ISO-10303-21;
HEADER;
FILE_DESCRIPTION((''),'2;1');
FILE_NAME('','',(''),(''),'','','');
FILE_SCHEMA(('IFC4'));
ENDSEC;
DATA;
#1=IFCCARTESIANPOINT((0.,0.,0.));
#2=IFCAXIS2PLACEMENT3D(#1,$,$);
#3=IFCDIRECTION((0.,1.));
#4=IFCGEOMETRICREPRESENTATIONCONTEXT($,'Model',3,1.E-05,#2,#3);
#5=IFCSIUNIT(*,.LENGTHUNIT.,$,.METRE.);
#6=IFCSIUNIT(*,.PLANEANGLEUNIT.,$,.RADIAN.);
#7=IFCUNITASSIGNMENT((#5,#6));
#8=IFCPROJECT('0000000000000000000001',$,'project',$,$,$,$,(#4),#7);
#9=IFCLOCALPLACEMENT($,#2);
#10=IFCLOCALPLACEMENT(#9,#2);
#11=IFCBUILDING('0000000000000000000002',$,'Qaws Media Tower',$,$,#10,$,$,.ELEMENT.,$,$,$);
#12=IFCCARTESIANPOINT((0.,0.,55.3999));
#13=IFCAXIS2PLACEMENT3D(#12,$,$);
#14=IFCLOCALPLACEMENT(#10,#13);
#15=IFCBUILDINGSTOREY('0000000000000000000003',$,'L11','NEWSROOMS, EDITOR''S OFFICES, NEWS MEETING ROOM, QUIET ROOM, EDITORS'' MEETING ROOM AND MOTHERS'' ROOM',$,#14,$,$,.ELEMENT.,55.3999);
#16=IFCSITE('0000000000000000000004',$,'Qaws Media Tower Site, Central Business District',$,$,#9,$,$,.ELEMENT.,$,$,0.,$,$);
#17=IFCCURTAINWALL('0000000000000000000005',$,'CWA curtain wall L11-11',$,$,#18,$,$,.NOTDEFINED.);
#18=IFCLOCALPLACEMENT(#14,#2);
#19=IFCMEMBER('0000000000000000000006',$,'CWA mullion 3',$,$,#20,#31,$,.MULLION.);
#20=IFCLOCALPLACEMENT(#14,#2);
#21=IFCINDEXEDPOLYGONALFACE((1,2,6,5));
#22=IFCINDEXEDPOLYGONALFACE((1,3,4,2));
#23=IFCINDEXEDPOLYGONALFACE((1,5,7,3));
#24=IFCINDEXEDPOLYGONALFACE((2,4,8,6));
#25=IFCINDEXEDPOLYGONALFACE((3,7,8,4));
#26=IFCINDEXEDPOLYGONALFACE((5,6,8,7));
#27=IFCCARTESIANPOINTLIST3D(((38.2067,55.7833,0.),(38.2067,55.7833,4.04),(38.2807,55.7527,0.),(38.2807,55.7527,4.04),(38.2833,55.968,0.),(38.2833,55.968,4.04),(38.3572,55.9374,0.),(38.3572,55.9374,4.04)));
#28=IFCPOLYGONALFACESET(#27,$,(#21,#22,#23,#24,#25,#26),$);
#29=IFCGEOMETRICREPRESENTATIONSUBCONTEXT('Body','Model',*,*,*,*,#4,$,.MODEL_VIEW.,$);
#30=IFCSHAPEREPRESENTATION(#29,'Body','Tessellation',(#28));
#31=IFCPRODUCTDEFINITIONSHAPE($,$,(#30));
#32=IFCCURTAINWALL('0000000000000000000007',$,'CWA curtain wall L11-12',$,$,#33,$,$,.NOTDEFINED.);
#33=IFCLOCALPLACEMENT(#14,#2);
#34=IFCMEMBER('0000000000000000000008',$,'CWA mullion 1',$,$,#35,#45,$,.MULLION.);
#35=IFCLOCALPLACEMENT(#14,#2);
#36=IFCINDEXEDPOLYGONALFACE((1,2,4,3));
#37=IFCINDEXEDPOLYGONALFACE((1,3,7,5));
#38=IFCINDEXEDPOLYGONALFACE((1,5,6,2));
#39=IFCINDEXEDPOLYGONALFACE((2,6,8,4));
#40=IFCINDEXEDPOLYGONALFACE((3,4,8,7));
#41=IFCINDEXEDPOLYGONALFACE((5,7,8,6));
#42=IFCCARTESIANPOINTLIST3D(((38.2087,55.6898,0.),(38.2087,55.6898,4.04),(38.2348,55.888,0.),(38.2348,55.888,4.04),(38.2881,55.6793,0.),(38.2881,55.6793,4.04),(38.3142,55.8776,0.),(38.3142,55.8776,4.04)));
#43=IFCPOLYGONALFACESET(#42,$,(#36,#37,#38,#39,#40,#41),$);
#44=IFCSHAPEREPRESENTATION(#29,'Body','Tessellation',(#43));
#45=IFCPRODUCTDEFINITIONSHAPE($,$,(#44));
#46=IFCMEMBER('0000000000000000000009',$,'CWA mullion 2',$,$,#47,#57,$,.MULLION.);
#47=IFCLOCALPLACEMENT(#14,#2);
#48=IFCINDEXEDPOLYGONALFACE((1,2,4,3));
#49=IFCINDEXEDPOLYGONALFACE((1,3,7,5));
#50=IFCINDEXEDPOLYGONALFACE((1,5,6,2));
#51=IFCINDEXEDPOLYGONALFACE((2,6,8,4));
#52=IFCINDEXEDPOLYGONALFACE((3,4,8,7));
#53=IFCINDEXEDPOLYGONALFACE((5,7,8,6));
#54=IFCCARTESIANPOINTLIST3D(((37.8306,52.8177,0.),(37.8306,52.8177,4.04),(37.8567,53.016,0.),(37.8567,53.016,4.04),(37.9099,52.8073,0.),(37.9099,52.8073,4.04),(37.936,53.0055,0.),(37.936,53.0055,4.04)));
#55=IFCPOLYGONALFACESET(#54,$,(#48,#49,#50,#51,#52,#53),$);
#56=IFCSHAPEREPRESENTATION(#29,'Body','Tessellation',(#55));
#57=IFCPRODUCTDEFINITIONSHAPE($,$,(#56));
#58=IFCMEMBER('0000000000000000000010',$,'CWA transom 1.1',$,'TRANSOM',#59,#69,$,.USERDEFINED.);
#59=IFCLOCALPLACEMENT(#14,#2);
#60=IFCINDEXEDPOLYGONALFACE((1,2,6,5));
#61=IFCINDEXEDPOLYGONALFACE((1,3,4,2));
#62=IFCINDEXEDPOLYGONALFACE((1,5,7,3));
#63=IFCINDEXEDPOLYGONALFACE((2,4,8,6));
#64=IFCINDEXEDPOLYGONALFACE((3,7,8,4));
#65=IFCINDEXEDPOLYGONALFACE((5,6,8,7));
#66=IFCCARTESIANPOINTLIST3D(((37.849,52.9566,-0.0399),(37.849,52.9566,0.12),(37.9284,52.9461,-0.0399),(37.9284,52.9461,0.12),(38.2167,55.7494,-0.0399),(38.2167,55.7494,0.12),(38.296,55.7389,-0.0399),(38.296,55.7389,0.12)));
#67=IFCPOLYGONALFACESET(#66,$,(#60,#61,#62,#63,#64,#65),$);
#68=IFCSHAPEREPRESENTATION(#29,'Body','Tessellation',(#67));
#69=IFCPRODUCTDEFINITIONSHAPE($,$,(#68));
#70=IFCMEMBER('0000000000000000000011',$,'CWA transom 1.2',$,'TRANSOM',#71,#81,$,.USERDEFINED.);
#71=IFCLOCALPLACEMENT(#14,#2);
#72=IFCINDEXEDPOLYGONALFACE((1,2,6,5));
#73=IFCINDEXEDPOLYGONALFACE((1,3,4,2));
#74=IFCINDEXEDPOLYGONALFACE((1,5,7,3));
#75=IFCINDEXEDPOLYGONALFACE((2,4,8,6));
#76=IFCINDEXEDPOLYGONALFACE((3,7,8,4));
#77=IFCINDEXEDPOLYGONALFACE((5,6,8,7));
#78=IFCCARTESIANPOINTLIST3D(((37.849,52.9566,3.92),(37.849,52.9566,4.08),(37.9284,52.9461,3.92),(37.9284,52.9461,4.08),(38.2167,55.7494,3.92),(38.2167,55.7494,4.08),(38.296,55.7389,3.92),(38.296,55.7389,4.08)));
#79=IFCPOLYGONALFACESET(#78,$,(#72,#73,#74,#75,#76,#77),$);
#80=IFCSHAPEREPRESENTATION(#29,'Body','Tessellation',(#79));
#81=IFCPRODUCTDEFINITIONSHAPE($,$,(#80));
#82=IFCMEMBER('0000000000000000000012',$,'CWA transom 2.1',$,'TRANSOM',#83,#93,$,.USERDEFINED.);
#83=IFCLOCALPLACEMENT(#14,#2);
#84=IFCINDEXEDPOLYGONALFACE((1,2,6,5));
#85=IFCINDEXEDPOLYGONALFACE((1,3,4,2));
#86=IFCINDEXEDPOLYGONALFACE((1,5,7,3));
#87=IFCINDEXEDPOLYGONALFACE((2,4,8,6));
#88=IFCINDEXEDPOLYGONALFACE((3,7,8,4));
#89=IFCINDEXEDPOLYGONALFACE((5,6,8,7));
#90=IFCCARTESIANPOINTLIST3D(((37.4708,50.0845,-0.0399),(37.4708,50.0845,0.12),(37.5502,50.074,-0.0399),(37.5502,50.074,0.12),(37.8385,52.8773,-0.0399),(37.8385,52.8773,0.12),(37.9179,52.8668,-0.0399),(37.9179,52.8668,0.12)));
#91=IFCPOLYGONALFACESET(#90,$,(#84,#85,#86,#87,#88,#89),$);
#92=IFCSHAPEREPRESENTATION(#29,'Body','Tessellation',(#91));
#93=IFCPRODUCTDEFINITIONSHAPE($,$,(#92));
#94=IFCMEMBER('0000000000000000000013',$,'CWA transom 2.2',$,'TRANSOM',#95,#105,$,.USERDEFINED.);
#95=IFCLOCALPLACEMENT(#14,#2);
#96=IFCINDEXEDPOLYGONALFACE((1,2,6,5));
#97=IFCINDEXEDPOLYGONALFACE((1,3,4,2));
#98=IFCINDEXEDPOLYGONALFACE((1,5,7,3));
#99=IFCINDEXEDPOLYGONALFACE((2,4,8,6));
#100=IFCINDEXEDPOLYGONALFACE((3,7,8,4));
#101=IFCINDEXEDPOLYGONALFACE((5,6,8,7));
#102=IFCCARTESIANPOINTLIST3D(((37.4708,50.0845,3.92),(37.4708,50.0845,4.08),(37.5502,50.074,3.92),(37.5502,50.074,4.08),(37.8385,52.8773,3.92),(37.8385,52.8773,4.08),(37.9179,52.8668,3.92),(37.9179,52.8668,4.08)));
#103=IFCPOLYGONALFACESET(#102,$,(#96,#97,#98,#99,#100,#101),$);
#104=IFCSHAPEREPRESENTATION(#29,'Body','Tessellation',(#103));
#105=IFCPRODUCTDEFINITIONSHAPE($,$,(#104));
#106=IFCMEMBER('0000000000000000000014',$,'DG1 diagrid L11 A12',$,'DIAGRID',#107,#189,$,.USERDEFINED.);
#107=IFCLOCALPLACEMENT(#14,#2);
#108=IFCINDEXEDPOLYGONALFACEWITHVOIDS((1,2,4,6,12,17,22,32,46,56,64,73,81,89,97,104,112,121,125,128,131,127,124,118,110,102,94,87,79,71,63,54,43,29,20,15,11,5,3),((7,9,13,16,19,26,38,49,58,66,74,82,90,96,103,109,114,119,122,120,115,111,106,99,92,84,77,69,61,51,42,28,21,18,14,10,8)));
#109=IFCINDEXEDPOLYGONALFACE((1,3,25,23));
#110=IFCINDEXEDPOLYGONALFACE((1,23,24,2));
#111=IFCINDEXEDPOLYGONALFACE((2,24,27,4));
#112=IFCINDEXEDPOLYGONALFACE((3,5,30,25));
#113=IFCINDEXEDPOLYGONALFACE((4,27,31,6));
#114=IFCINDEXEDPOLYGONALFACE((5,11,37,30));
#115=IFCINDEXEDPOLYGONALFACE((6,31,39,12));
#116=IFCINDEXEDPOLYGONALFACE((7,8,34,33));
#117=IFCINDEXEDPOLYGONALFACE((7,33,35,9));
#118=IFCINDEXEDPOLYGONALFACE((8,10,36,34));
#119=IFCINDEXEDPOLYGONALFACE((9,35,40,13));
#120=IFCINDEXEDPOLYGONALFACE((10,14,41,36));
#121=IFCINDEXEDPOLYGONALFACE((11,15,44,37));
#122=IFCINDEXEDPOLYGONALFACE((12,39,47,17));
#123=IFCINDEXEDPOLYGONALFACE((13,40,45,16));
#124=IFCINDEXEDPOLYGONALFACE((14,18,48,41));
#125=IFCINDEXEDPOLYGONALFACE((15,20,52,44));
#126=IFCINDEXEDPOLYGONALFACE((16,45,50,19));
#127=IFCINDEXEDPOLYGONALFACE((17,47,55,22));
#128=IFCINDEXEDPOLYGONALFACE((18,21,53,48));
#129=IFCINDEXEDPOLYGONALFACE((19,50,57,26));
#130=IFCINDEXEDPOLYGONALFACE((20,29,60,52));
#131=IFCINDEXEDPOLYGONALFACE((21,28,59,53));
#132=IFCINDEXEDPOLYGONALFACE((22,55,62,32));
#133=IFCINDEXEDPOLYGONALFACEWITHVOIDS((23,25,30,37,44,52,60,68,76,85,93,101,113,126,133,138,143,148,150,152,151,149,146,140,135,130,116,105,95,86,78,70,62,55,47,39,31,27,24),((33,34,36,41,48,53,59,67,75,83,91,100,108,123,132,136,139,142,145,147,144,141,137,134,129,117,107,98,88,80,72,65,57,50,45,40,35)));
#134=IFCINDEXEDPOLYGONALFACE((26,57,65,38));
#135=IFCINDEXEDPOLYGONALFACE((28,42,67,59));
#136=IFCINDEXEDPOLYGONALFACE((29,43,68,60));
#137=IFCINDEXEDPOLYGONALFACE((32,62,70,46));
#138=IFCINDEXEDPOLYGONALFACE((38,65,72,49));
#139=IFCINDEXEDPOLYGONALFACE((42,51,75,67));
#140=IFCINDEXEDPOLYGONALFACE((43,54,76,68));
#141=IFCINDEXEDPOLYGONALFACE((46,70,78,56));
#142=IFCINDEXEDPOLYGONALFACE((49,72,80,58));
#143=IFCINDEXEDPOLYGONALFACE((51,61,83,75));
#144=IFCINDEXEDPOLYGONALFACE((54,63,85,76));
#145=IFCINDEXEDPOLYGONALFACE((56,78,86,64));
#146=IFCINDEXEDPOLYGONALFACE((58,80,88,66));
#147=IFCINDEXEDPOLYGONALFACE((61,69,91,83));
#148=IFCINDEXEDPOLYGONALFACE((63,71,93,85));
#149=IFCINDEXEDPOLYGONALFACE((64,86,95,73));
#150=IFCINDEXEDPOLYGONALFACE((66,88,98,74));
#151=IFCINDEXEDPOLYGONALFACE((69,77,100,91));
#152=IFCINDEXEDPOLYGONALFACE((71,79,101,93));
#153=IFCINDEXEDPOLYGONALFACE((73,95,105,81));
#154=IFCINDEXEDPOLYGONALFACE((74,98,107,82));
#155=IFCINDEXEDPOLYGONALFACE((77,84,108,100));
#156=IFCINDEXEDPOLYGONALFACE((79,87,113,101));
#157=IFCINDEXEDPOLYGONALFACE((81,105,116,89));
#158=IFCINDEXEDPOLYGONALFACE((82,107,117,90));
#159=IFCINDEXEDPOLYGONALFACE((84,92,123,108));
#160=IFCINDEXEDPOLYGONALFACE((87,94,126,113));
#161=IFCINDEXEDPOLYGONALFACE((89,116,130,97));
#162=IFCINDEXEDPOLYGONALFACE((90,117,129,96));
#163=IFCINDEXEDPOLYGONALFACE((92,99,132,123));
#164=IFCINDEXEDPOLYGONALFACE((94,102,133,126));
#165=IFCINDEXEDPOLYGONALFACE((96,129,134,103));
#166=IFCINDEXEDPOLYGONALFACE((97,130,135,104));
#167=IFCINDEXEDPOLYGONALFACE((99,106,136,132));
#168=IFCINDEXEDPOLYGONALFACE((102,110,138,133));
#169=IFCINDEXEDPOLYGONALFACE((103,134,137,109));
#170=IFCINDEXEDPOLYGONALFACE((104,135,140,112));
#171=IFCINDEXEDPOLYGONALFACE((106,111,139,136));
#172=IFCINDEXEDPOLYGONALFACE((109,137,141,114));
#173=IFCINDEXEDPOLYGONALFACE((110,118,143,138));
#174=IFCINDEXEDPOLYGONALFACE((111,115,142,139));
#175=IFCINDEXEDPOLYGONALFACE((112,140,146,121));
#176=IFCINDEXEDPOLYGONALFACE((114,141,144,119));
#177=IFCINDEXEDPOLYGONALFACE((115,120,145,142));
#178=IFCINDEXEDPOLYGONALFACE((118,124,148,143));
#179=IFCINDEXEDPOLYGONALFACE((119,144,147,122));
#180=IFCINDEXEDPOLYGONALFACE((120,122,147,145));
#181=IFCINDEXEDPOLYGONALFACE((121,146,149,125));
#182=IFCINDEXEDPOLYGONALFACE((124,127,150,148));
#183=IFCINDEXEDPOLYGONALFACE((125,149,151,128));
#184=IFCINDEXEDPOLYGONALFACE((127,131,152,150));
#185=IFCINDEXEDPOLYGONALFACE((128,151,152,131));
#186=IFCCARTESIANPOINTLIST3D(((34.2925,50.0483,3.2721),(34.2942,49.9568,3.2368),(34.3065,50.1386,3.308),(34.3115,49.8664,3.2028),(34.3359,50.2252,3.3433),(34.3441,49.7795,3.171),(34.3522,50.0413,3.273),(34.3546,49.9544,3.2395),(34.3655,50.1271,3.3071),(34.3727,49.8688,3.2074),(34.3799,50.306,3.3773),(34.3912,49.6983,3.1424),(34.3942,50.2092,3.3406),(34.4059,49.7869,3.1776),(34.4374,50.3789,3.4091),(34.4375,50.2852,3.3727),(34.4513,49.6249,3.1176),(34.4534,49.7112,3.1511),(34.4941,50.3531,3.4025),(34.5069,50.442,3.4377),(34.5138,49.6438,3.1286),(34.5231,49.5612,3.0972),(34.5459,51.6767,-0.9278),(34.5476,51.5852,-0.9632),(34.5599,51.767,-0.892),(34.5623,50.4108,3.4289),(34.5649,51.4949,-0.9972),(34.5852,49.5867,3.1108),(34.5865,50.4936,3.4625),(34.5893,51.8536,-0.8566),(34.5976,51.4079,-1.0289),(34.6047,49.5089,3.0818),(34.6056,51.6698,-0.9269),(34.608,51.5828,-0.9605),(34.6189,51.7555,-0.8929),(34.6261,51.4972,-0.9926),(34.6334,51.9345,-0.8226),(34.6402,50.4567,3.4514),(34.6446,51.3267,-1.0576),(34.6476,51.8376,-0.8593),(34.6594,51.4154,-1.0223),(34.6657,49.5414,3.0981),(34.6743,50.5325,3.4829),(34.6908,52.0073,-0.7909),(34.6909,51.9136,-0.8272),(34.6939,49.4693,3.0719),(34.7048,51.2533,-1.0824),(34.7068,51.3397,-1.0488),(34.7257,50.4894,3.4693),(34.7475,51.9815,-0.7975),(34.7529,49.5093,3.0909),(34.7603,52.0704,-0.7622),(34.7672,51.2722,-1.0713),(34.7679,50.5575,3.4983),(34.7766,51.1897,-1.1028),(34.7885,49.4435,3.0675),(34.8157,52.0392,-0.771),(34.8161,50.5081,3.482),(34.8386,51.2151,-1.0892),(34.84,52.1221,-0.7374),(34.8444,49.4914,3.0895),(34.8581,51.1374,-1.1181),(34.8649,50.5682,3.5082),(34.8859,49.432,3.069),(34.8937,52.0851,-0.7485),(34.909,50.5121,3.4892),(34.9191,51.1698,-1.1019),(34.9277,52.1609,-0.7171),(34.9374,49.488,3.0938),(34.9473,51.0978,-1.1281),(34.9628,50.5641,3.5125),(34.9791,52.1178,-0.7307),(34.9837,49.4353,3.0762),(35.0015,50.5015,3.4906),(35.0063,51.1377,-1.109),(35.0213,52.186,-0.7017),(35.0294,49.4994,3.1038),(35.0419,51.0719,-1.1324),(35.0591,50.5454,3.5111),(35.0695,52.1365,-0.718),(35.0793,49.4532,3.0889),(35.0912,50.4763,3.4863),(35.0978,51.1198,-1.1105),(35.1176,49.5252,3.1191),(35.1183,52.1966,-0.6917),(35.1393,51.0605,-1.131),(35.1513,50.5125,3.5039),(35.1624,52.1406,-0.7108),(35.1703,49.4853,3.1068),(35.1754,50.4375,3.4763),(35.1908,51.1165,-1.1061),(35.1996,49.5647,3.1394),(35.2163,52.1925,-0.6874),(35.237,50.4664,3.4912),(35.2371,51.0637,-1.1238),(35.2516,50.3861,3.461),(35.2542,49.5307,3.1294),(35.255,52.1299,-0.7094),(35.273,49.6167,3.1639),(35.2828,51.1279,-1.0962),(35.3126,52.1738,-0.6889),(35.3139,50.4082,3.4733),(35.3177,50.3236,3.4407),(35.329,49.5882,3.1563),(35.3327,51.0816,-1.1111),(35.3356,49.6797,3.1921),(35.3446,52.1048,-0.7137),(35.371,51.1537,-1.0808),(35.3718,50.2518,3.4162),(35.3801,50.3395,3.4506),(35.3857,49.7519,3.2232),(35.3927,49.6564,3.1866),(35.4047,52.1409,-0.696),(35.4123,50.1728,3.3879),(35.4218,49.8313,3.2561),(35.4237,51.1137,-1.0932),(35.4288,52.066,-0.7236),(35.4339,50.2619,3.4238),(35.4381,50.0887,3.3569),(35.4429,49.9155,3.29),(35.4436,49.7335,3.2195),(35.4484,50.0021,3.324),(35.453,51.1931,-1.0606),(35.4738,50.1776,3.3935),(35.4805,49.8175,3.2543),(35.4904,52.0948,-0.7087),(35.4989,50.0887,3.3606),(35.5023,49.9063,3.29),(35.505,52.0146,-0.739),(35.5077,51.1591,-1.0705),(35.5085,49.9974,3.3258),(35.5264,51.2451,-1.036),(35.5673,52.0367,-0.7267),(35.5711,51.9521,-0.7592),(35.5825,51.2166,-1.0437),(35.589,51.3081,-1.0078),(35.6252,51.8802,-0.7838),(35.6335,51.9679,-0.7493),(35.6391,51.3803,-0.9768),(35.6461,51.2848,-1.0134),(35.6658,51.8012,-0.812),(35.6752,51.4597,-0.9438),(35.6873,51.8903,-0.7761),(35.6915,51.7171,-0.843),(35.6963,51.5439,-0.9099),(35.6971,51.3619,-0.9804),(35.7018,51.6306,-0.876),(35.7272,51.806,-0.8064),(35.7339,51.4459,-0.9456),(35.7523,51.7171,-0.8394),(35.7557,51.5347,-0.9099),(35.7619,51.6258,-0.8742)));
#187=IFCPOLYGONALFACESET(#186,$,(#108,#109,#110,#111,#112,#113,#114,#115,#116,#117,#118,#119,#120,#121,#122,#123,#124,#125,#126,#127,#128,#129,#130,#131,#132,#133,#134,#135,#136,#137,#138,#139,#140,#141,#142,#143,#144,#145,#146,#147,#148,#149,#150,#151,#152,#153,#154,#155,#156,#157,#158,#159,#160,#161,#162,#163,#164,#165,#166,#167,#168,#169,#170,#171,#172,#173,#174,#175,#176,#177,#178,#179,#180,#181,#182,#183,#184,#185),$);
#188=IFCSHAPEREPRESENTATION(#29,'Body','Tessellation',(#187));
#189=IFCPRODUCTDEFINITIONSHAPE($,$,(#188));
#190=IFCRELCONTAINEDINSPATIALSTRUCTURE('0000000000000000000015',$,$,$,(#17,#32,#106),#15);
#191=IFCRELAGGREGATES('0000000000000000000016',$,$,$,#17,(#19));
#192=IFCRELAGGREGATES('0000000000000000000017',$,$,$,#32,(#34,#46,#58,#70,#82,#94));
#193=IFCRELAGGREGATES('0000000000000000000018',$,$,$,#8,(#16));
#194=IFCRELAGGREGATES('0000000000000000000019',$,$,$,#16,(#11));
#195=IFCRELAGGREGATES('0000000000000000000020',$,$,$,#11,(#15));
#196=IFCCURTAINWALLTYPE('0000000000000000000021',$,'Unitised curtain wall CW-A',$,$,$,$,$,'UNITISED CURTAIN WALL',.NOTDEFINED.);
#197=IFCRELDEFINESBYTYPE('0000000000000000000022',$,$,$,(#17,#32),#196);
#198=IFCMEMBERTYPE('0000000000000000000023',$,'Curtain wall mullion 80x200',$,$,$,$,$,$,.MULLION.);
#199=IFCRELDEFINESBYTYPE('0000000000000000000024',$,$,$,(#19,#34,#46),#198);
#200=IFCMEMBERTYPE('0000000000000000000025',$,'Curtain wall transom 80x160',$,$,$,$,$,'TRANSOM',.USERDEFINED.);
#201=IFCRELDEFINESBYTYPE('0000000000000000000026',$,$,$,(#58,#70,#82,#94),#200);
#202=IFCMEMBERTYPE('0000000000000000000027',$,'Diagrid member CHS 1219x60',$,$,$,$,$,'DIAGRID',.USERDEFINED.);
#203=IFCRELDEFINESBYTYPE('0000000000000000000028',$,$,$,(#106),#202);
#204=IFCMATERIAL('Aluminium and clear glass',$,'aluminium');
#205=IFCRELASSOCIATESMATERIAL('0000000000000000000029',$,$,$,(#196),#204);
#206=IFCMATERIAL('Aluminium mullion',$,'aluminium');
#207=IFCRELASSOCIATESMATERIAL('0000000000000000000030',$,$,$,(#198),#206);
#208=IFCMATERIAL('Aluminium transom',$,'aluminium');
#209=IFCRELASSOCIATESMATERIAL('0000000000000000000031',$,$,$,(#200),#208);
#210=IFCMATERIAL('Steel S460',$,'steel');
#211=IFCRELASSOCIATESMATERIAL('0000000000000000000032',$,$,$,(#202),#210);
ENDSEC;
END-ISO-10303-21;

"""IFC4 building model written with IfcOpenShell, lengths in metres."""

from ifc_helpers import new_model, si_unit, direction, frame, origin, origin_2d, place, context, subcontext, project, spatial, rectangle, hollow_circle, extrude, material, material_profile, profile_set, type_object, element, aggregate, save


model = new_model("IFC4")

# Units and contexts
model_context = context("Model", 3, precision=1e-05, world=origin(), true_north=direction((0.0, 1.0)))
body_context = subcontext(model_context, "Body", "Model", "MODEL_VIEW")
ifc_project = project(units=[si_unit("LENGTHUNIT", "METRE"), si_unit("PLANEANGLEUNIT", "RADIAN")], contexts=[model_context])

# Site, building, storey
site_placement = place(None, origin())
site = spatial("IfcSite", under=ifc_project, at=site_placement, Name="Qaws Media Tower Site, Central Business District", CompositionType="ELEMENT", RefElevation=0.0)
building_placement = place(site_placement, origin())
building = spatial("IfcBuilding", under=site, at=building_placement, Name="Qaws Media Tower", CompositionType="ELEMENT")
storey_placement = place(building_placement, frame((0.0, 0.0, 55.3999)))
storey = spatial("IfcBuildingStorey", under=building, at=storey_placement, Name="L11", Description="NEWSROOMS, EDITOR'S OFFICES, NEWS MEETING ROOM, QUIET ROOM, EDITORS' MEETING ROOM AND MOTHERS' ROOM", CompositionType="ELEMENT", Elevation=55.3999)

# Curtain wall, member
ifc_material_1 = material(Name="Aluminium and clear glass", Category="aluminium")
curtain_wall_type = type_object("IfcCurtainWallType", Name="Unitised curtain wall CW-A", ElementType="UNITISED CURTAIN WALL", PredefinedType="NOTDEFINED", material=ifc_material_1)
curtain_wall_1_placement = place(storey_placement, origin())
curtain_wall_1 = element("IfcCurtainWall", 1, at=curtain_wall_1_placement, inside=storey, type_object=curtain_wall_type, Name="CWA curtain wall L11-11", PredefinedType="NOTDEFINED")
ifc_material_2 = material(Name="Aluminium mullion", Category="aluminium")
ifc_material_profile_1 = material_profile(ifc_material_2, rectangle(XDim=0.0801, YDim=0.2, at=origin_2d()), Name="80x200")
ifc_profile_set_1 = profile_set([ifc_material_profile_1], Name="Aluminium mullion")
member_type_1 = type_object("IfcMemberType", Name="Curtain wall mullion 80x200", PredefinedType="MULLION", material=ifc_profile_set_1)
member_1_placement = place(storey_placement, frame((38.282, 55.8604, 0.0), z_axis=(0.0, 0.0, 1.0), x_axis=(0.92388, -0.382683, 0.0)))
member_1 = element("IfcMember", 2, at=member_1_placement, type_object=member_type_1, Name="CWA mullion 3", PredefinedType="MULLION", context=body_context, shape_type="SweptSolid", body=[
    extrude(rectangle(XDim=0.0801, YDim=0.2, at=origin_2d()), origin(), (0.0, 0.0, 1.0), 4.04),
])

# Curtain wall, members
curtain_wall_2_placement = place(storey_placement, origin())
curtain_wall_2 = element("IfcCurtainWall", 3, at=curtain_wall_2_placement, inside=storey, type_object=curtain_wall_type, Name="CWA curtain wall L11-12", PredefinedType="NOTDEFINED")
member_2_placement = place(storey_placement, frame((38.2615, 55.7837, 0.0), z_axis=(0.0, 0.0, 1.0), x_axis=(0.991445, -0.130526, 0.0)))
member_2 = element("IfcMember", 4, at=member_2_placement, type_object=member_type_1, Name="CWA mullion 1", PredefinedType="MULLION", context=body_context, shape_type="SweptSolid", body=[
    extrude(rectangle(XDim=0.0801, YDim=0.2, at=origin_2d()), origin(), (0.0, 0.0, 1.0), 4.04),
])
member_3_placement = place(storey_placement, frame((37.8833, 52.9116, 0.0), z_axis=(0.0, 0.0, 1.0), x_axis=(0.991445, -0.130526, 0.0)))
member_3 = element("IfcMember", 5, at=member_3_placement, type_object=member_type_1, Name="CWA mullion 2", PredefinedType="MULLION", context=body_context, shape_type="SweptSolid", body=[
    extrude(rectangle(XDim=0.0801, YDim=0.2, at=origin_2d()), origin(), (0.0, 0.0, 1.0), 4.04),
])
ifc_material_3 = material(Name="Aluminium transom", Category="aluminium")
ifc_material_profile_2 = material_profile(ifc_material_3, rectangle(XDim=0.0801, YDim=0.1599, at=origin_2d()), Name="80x160")
ifc_profile_set_2 = profile_set([ifc_material_profile_2], Name="Aluminium transom")
member_type_2 = type_object("IfcMemberType", Name="Curtain wall transom 80x160", ElementType="TRANSOM", PredefinedType="USERDEFINED", material=ifc_profile_set_2)
member_4_placement = place(storey_placement, frame((38.2563, 55.7441, 0.04), z_axis=(-0.130528, -0.991445, 0.0), x_axis=(0.991445, -0.130528, 0.0)))
member_4 = element("IfcMember", 6, at=member_4_placement, type_object=member_type_2, Name="CWA transom 1.1", ObjectType="TRANSOM", PredefinedType="USERDEFINED", context=body_context, shape_type="SweptSolid", body=[
    extrude(rectangle(XDim=0.0801, YDim=0.1599, at=origin_2d()), origin(), (0.0, 0.0, 1.0), 2.8169),
])
member_5_placement = place(storey_placement, frame((38.2563, 55.7441, 4.0), z_axis=(-0.130528, -0.991445, 0.0), x_axis=(0.991445, -0.130528, 0.0)))
member_5 = element("IfcMember", 7, at=member_5_placement, type_object=member_type_2, Name="CWA transom 1.2", ObjectType="TRANSOM", PredefinedType="USERDEFINED", context=body_context, shape_type="SweptSolid", body=[
    extrude(rectangle(XDim=0.0801, YDim=0.1599, at=origin_2d()), origin(), (0.0, 0.0, 1.0), 2.8169),
])
member_6_placement = place(storey_placement, frame((37.8782, 52.8721, 0.04), z_axis=(-0.130528, -0.991445, 0.0), x_axis=(0.991445, -0.130528, 0.0)))
member_6 = element("IfcMember", 8, at=member_6_placement, type_object=member_type_2, Name="CWA transom 2.1", ObjectType="TRANSOM", PredefinedType="USERDEFINED", context=body_context, shape_type="SweptSolid", body=[
    extrude(rectangle(XDim=0.0801, YDim=0.1599, at=origin_2d()), origin(), (0.0, 0.0, 1.0), 2.8169),
])
member_7_placement = place(storey_placement, frame((37.8782, 52.8721, 4.0), z_axis=(-0.130528, -0.991445, 0.0), x_axis=(0.991445, -0.130528, 0.0)))
member_7 = element("IfcMember", 9, at=member_7_placement, type_object=member_type_2, Name="CWA transom 2.2", ObjectType="TRANSOM", PredefinedType="USERDEFINED", context=body_context, shape_type="SweptSolid", body=[
    extrude(rectangle(XDim=0.0801, YDim=0.1599, at=origin_2d()), origin(), (0.0, 0.0, 1.0), 2.8169),
])

# Member
ifc_material_4 = material(Name="Steel S460", Category="steel")
ifc_material_profile_3 = material_profile(ifc_material_4, hollow_circle(Radius=0.6096, WallThickness=0.0601, at=origin_2d()), Name="CHS 1219x60")
ifc_profile_set_3 = profile_set([ifc_material_profile_3], Name="Steel S460")
member_type_3 = type_object("IfcMemberType", Name="Diagrid member CHS 1219x60", ElementType="DIAGRID", PredefinedType="USERDEFINED", material=ifc_profile_set_3)
for number, where, z_axis, x_axis, name in (
    (10, (35.1533, 51.6284, -0.9099), (-0.056169, -0.360931, 0.930899), (0.988106, -0.153771, 0.0), "DG1 diagrid L11 A12"),
):
    element("IfcMember", number, at=place(storey_placement, frame(where, z_axis=z_axis, x_axis=x_axis)), inside=storey, type_object=member_type_3, Name=name, ObjectType="DIAGRID", PredefinedType="USERDEFINED", context=body_context, shape_type="SweptSolid", body=[
        extrude(hollow_circle(Radius=0.6096, WallThickness=0.0601, at=origin_2d()), origin(), (0.0, 0.0, 1.0), 4.5117),
    ])

aggregate(curtain_wall_1, [member_1])
aggregate(curtain_wall_2, [member_2, member_3, member_4, member_5, member_6, member_7])

save(model, "model.ifc")
